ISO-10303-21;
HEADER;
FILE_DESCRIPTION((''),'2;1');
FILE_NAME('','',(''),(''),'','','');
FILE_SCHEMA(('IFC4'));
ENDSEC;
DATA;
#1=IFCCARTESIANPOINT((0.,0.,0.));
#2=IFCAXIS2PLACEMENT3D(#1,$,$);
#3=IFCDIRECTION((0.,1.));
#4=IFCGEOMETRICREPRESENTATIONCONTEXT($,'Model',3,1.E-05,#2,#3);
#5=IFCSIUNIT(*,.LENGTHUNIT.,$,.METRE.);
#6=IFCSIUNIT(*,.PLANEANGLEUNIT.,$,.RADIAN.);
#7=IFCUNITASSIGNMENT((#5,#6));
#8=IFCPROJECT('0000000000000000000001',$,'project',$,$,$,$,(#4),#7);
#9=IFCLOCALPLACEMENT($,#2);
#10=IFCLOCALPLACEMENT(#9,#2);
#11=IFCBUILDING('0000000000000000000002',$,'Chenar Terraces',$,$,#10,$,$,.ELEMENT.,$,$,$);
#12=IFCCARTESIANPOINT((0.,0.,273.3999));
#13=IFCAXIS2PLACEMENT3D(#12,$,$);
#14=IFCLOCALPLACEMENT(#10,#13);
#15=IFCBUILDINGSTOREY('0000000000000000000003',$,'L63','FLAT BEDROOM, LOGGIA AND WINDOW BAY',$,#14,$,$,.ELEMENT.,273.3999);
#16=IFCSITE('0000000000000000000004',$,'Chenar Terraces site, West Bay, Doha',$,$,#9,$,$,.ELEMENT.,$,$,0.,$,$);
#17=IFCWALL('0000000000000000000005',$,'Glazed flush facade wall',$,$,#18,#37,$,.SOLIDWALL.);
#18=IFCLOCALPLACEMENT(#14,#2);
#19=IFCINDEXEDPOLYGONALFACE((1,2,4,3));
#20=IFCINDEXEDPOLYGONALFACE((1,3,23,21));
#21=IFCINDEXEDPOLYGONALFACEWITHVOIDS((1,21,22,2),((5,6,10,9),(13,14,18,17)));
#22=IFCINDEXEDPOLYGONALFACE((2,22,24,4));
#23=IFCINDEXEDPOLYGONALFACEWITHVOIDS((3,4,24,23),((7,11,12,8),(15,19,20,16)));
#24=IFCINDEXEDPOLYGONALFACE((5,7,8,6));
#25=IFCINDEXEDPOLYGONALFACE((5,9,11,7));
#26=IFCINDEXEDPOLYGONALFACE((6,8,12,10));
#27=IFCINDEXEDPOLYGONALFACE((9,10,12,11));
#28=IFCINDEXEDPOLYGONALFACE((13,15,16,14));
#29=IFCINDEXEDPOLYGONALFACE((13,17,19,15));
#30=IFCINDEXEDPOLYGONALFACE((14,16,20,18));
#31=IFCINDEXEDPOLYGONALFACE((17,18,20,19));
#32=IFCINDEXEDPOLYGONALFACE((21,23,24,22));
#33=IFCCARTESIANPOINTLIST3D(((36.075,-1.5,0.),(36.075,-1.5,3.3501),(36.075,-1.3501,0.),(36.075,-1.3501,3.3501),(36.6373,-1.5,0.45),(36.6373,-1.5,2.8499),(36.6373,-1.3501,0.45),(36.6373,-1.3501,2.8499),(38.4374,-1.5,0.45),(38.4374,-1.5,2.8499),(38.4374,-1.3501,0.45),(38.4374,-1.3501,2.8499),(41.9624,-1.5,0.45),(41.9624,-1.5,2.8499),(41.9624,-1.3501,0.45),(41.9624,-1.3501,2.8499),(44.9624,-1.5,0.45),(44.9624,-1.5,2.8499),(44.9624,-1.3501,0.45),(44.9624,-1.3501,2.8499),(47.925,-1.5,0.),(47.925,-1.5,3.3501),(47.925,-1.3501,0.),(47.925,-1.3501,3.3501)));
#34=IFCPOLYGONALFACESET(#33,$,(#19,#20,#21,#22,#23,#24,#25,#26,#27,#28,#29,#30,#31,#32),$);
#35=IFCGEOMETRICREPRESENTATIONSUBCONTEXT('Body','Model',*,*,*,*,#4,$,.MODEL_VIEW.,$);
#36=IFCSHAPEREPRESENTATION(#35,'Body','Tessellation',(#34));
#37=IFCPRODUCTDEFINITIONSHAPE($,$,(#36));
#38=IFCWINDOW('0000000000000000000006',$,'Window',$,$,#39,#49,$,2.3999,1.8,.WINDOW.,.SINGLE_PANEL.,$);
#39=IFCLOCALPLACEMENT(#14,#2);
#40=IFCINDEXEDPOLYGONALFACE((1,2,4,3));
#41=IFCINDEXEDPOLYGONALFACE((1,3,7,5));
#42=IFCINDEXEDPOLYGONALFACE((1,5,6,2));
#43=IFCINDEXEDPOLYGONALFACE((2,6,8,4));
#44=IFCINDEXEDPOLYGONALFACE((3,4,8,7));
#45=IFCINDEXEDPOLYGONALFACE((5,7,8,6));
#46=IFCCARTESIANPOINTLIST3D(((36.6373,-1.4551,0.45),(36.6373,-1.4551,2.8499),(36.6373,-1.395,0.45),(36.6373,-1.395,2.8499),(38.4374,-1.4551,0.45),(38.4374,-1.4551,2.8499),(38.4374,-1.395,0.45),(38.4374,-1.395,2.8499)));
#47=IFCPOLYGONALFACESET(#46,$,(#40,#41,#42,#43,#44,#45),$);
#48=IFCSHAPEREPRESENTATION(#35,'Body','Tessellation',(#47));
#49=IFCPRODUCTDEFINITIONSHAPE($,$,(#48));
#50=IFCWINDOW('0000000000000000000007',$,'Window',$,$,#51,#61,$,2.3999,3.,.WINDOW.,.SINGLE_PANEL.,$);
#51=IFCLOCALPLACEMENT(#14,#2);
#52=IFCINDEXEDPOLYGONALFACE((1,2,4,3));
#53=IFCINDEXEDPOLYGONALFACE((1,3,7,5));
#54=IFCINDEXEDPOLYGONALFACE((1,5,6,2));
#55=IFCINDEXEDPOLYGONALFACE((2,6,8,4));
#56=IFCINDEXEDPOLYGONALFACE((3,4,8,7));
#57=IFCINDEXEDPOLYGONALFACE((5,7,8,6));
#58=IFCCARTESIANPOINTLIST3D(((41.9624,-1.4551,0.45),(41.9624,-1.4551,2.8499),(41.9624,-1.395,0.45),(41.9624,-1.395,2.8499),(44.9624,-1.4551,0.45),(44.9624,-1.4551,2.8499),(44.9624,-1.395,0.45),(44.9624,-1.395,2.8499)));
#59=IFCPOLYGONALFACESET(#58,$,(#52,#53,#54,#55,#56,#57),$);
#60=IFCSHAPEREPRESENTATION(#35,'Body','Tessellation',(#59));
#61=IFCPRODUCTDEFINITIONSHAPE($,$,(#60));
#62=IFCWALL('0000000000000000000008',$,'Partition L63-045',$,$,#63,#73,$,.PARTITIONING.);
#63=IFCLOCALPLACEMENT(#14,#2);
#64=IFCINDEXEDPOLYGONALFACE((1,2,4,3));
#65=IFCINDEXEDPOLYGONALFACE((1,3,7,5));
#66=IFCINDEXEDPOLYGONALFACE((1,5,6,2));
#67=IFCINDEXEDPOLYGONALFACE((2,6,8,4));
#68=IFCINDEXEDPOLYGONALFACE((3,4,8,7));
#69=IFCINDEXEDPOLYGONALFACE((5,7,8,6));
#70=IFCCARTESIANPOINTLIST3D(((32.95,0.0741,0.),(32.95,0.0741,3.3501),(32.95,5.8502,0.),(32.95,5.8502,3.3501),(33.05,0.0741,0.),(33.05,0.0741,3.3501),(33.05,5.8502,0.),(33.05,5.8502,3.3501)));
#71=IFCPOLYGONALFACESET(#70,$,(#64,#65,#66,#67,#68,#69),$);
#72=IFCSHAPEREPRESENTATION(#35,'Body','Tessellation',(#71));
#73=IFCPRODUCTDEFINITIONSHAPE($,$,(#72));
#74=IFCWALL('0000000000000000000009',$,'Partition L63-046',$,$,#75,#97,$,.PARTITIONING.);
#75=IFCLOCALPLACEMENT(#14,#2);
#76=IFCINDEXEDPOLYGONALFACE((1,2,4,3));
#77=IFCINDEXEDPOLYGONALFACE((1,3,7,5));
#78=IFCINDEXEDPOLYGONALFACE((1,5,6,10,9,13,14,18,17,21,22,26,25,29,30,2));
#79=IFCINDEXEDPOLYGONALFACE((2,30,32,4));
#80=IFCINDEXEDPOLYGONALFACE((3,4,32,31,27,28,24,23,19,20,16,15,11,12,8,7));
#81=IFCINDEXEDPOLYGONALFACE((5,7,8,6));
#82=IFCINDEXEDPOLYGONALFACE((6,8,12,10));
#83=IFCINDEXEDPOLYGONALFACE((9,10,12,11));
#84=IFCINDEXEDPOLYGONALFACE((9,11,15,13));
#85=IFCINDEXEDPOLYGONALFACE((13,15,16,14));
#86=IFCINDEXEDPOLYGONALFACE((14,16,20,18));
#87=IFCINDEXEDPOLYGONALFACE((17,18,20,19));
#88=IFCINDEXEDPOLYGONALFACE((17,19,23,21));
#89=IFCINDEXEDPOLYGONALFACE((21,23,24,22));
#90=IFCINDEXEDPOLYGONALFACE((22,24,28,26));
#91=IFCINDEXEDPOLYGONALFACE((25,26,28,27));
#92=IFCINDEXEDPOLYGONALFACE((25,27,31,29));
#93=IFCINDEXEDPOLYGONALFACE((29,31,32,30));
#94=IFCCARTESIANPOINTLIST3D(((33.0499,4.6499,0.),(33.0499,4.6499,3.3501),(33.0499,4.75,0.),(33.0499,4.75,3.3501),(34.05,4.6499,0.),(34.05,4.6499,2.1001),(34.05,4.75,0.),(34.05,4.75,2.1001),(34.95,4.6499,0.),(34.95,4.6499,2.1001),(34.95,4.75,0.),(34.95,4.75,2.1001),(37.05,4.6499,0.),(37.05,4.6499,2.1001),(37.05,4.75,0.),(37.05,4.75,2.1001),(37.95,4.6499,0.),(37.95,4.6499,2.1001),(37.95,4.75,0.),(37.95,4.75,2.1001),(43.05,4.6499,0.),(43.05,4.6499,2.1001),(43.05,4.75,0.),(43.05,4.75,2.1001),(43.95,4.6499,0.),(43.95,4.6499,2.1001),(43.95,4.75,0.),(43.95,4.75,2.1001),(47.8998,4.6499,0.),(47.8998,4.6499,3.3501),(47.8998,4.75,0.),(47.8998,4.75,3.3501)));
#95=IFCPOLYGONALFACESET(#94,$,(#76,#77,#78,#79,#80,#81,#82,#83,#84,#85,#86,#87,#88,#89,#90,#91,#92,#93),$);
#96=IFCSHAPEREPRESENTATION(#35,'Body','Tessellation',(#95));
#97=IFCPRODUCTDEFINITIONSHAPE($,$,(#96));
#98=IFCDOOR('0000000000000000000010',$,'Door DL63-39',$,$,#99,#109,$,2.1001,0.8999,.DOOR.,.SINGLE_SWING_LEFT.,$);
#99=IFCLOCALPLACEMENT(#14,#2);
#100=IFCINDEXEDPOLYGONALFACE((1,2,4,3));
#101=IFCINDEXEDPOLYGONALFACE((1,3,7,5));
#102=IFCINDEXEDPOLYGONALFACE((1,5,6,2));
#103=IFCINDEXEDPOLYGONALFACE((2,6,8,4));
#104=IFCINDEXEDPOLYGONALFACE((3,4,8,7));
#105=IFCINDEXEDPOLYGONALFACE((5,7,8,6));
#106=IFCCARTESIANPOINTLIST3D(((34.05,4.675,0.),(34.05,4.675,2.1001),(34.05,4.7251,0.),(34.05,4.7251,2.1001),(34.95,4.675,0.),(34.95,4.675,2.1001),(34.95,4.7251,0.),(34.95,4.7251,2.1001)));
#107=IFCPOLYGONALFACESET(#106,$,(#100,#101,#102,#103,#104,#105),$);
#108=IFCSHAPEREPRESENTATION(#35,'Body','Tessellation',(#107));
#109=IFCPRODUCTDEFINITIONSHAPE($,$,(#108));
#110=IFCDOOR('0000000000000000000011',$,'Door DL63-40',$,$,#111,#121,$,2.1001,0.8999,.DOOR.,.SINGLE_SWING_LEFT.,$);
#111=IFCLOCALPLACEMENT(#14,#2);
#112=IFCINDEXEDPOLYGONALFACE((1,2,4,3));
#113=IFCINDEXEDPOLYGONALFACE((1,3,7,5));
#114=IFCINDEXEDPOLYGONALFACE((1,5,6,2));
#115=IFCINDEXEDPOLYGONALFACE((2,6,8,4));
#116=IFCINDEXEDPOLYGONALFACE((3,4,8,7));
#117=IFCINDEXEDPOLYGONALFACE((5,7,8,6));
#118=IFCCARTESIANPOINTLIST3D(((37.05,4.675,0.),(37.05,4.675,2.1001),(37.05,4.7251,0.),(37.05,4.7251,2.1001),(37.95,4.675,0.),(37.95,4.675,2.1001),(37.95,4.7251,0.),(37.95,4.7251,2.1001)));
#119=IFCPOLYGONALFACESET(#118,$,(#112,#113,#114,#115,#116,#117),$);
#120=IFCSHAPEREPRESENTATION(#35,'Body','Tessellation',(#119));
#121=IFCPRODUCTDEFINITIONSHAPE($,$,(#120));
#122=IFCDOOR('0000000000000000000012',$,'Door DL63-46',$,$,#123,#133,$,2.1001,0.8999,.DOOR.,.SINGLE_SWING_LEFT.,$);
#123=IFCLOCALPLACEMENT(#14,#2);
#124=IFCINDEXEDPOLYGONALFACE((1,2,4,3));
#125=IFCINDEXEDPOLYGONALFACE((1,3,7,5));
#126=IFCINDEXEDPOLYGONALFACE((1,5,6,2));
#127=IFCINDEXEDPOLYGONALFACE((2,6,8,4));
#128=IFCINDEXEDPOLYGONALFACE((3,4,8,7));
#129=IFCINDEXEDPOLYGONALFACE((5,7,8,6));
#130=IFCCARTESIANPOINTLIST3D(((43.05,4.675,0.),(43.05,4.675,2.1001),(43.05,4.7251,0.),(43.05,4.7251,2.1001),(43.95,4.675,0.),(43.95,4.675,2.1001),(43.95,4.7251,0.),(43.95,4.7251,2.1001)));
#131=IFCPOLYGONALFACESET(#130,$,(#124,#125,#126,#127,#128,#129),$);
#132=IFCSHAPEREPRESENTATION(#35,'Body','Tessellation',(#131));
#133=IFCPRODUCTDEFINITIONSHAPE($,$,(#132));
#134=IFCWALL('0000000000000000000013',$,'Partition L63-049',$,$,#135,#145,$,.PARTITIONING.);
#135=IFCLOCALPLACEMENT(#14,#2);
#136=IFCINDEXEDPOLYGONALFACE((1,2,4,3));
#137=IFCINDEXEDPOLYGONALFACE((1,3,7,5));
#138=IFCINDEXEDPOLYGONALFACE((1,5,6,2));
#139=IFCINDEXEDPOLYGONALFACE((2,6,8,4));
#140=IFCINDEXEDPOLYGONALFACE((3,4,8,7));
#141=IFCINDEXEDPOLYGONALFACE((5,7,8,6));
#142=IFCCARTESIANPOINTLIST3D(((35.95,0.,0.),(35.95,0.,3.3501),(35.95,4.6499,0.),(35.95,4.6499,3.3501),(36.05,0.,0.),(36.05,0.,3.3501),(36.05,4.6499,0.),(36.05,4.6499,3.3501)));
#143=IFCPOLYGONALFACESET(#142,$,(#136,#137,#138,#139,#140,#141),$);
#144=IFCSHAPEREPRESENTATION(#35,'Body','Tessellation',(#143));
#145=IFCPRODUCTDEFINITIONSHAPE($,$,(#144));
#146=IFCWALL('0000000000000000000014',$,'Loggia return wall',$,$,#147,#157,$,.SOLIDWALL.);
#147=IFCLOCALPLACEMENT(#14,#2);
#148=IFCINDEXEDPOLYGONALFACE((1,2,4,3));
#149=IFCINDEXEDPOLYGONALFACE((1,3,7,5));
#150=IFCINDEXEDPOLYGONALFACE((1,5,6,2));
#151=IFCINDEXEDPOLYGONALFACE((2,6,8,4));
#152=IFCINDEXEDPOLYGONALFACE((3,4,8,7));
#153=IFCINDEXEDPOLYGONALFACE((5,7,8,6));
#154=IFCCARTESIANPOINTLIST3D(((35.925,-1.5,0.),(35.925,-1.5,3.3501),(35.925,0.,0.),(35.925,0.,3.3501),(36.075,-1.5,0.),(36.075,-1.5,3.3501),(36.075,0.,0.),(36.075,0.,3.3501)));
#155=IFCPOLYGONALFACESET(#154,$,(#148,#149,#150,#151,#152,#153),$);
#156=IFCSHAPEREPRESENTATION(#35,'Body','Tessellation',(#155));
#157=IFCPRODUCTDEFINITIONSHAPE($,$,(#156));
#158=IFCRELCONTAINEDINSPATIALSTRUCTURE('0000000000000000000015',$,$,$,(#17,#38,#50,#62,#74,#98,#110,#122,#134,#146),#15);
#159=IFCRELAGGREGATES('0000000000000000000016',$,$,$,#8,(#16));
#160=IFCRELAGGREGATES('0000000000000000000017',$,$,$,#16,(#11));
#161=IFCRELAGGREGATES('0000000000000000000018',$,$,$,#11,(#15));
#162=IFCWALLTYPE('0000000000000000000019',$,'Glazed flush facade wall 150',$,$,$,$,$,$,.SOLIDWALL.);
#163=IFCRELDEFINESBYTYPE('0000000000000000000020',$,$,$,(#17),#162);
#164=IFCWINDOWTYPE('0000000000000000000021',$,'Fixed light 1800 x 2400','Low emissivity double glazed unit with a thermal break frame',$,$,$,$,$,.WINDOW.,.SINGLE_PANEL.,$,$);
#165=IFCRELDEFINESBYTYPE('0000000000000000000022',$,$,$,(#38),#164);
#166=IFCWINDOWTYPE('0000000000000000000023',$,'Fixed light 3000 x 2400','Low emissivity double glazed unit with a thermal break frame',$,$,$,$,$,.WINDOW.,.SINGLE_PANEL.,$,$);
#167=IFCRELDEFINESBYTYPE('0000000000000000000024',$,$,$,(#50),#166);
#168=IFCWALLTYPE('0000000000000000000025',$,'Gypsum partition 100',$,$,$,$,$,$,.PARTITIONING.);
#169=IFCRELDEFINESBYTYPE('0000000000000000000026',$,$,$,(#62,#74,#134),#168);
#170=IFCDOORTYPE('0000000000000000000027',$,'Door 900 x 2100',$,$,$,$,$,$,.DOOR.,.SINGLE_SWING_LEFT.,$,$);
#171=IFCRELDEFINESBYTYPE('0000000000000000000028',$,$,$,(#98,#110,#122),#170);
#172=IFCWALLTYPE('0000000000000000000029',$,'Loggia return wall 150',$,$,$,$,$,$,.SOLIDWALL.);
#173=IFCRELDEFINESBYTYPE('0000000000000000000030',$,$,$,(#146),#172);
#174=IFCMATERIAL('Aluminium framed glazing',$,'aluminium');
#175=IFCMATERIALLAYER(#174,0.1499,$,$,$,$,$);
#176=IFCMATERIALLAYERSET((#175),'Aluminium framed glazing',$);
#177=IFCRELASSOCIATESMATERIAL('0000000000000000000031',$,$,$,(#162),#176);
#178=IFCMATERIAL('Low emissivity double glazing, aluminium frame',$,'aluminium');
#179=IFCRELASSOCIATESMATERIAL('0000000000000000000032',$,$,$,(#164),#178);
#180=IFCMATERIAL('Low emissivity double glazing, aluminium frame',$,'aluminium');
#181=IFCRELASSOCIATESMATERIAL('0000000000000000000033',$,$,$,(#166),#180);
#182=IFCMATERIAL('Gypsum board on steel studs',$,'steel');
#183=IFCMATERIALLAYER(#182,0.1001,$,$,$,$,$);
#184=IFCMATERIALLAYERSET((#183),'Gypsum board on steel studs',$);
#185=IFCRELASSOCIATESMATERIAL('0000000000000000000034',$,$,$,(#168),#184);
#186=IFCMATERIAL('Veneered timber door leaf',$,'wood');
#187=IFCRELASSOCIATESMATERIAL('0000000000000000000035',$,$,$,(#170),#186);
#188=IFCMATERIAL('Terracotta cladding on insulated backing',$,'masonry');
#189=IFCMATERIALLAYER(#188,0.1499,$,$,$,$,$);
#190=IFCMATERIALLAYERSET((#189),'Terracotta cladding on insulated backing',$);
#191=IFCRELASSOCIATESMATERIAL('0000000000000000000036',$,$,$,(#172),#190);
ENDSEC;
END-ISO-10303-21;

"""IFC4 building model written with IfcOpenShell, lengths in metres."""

from ifc_helpers import new_model, si_unit, direction, frame, frame_2d, origin, place, context, subcontext, project, spatial, rectangle, extrude, material, layer, layer_set, type_object, element, fill, save


model = new_model("IFC4")

# Units and contexts
model_context = context("Model", 3, precision=1e-05, world=origin(), true_north=direction((0.0, 1.0)))
body_context = subcontext(model_context, "Body", "Model", "MODEL_VIEW")
ifc_project = project(units=[si_unit("LENGTHUNIT", "METRE"), si_unit("PLANEANGLEUNIT", "RADIAN")], contexts=[model_context])

# Site, building, storey
site_placement = place(None, origin())
site = spatial("IfcSite", under=ifc_project, at=site_placement, Name="Chenar Terraces site, West Bay, Doha", CompositionType="ELEMENT", RefElevation=0.0)
building_placement = place(site_placement, origin())
building = spatial("IfcBuilding", under=site, at=building_placement, Name="Chenar Terraces", CompositionType="ELEMENT")
storey_placement = place(building_placement, frame((0.0, 0.0, 273.3999)))
storey = spatial("IfcBuildingStorey", under=building, at=storey_placement, Name="L63", Description="FLAT BEDROOM, LOGGIA AND WINDOW BAY", CompositionType="ELEMENT", Elevation=273.3999)

# Wall, openings, windows
ifc_material_1 = material(Name="Aluminium framed glazing", Category="aluminium")
ifc_layer_1 = layer(ifc_material_1, 0.1499)
ifc_layer_set_1 = layer_set([ifc_layer_1], Name="Aluminium framed glazing")
wall_type_1 = type_object("IfcWallType", Name="Glazed flush facade wall 150", PredefinedType="SOLIDWALL", material=ifc_layer_set_1)
wall_1_placement = place(storey_placement, frame((36.075, -1.425, 0.0), z_axis=(0.0, 0.0, 1.0), x_axis=(1.0, 0.0, 0.0)))
wall_1 = element("IfcWall", 1, at=wall_1_placement, inside=storey, type_object=wall_type_1, Name="Glazed flush facade wall", PredefinedType="SOLIDWALL", context=body_context, shape_type="SweptSolid", body=[
    extrude(rectangle(XDim=11.8501, YDim=0.1499, at=frame_2d((5.925, 0.0))), origin(), (0.0, 0.0, 1.0), 3.3501),
])
opening_1_placement = place(wall_1_placement, frame((0.5625, 0.0, 0.45)))
opening_1 = element("IfcOpeningElement", 2, at=opening_1_placement, cuts=wall_1, PredefinedType="OPENING", context=body_context, shape_type="SweptSolid", body=[
    extrude(rectangle(XDim=1.8, YDim=2.3999, at=frame_2d((0.8999, 1.2))), frame((0.0, 0.085, 0.0), z_axis=(0.0, -1.0, 0.0), x_axis=(1.0, 0.0, 0.0)), (0.0, 0.0, 1.0), 0.1699),
])
opening_2_placement = place(wall_1_placement, frame((5.8875, 0.0, 0.45)))
opening_2 = element("IfcOpeningElement", 3, at=opening_2_placement, cuts=wall_1, PredefinedType="OPENING", context=body_context, shape_type="SweptSolid", body=[
    extrude(rectangle(XDim=3.0, YDim=2.3999, at=frame_2d((1.5, 1.2))), frame((0.0, 0.085, 0.0), z_axis=(0.0, -1.0, 0.0), x_axis=(1.0, 0.0, 0.0)), (0.0, 0.0, 1.0), 0.1699),
])
ifc_material_2 = material(Name="Low emissivity double glazing, aluminium frame", Category="aluminium")
window_type_1 = type_object("IfcWindowType", Name="Fixed light 1800 x 2400", Description="Low emissivity double glazed unit with a thermal break frame", PartitioningType="SINGLE_PANEL", PredefinedType="WINDOW", material=ifc_material_2)
window_1_placement = place(opening_1_placement, origin())
window_1 = element("IfcWindow", 4, at=window_1_placement, inside=storey, type_object=window_type_1, Name="Window", OverallHeight=2.3999, OverallWidth=1.8, PartitioningType="SINGLE_PANEL", PredefinedType="WINDOW", context=body_context, shape_type="SweptSolid", body=[
    extrude(rectangle(XDim=1.8, YDim=2.3999, at=frame_2d((0.8999, 1.2))), frame((0.0, 0.03, 0.0), z_axis=(0.0, -1.0, 0.0), x_axis=(1.0, 0.0, 0.0)), (0.0, 0.0, 1.0), 0.0601),
])
fill(opening_1, window_1)
ifc_material_3 = material(Name="Low emissivity double glazing, aluminium frame", Category="aluminium")
window_type_2 = type_object("IfcWindowType", Name="Fixed light 3000 x 2400", Description="Low emissivity double glazed unit with a thermal break frame", PartitioningType="SINGLE_PANEL", PredefinedType="WINDOW", material=ifc_material_3)
window_2_placement = place(opening_2_placement, origin())
window_2 = element("IfcWindow", 5, at=window_2_placement, inside=storey, type_object=window_type_2, Name="Window", OverallHeight=2.3999, OverallWidth=3.0, PartitioningType="SINGLE_PANEL", PredefinedType="WINDOW", context=body_context, shape_type="SweptSolid", body=[
    extrude(rectangle(XDim=3.0, YDim=2.3999, at=frame_2d((1.5, 1.2))), frame((0.0, 0.03, 0.0), z_axis=(0.0, -1.0, 0.0), x_axis=(1.0, 0.0, 0.0)), (0.0, 0.0, 1.0), 0.0601),
])
fill(opening_2, window_2)

# Wall
ifc_material_4 = material(Name="Gypsum board on steel studs", Category="steel")
ifc_layer_2 = layer(ifc_material_4, 0.1001)
ifc_layer_set_2 = layer_set([ifc_layer_2], Name="Gypsum board on steel studs")
wall_type_2 = type_object("IfcWallType", Name="Gypsum partition 100", PredefinedType="PARTITIONING", material=ifc_layer_set_2)
wall_2_placement = place(storey_placement, frame((33.0, 0.074, 0.0), z_axis=(0.0, 0.0, 1.0), x_axis=(0.0, 1.0, 0.0)))
element("IfcWall", 6, at=wall_2_placement, inside=storey, type_object=wall_type_2, Name="Partition L63-045", PredefinedType="PARTITIONING", context=body_context, shape_type="SweptSolid", body=[
    extrude(rectangle(XDim=5.7761, YDim=0.1001, at=frame_2d((2.8882, 0.0))), origin(), (0.0, 0.0, 1.0), 3.3501),
])

# Wall, openings, doors
wall_3_placement = place(storey_placement, frame((33.05, 4.7, 0.0), z_axis=(0.0, 0.0, 1.0), x_axis=(1.0, 0.0, 0.0)))
wall_3 = element("IfcWall", 7, at=wall_3_placement, inside=storey, type_object=wall_type_2, Name="Partition L63-046", PredefinedType="PARTITIONING", context=body_context, shape_type="SweptSolid", body=[
    extrude(rectangle(XDim=14.8499, YDim=0.1001, at=frame_2d((7.4248, 0.0))), origin(), (0.0, 0.0, 1.0), 3.3501),
])
opening_3_placement = place(wall_3_placement, frame((1.0, 0.0, 0.0)))
opening_3 = element("IfcOpeningElement", 8, at=opening_3_placement, cuts=wall_3, PredefinedType="OPENING", context=body_context, shape_type="SweptSolid", body=[
    extrude(rectangle(XDim=0.8999, YDim=2.1001, at=frame_2d((0.45, 1.05))), frame((0.0, 0.0601, 0.0), z_axis=(0.0, -1.0, 0.0), x_axis=(1.0, 0.0, 0.0)), (0.0, 0.0, 1.0), 0.1201),
])
opening_4_placement = place(wall_3_placement, frame((4.0, 0.0, 0.0)))
opening_4 = element("IfcOpeningElement", 9, at=opening_4_placement, cuts=wall_3, PredefinedType="OPENING", context=body_context, shape_type="SweptSolid", body=[
    extrude(rectangle(XDim=0.8999, YDim=2.1001, at=frame_2d((0.45, 1.05))), frame((0.0, 0.0601, 0.0), z_axis=(0.0, -1.0, 0.0), x_axis=(1.0, 0.0, 0.0)), (0.0, 0.0, 1.0), 0.1201),
])
opening_5_placement = place(wall_3_placement, frame((10.0, 0.0, 0.0)))
opening_5 = element("IfcOpeningElement", 10, at=opening_5_placement, cuts=wall_3, PredefinedType="OPENING", context=body_context, shape_type="SweptSolid", body=[
    extrude(rectangle(XDim=0.8999, YDim=2.1001, at=frame_2d((0.45, 1.05))), frame((0.0, 0.0601, 0.0), z_axis=(0.0, -1.0, 0.0), x_axis=(1.0, 0.0, 0.0)), (0.0, 0.0, 1.0), 0.1201),
])
ifc_material_5 = material(Name="Veneered timber door leaf", Category="wood")
door_type_1 = type_object("IfcDoorType", Name="Door 900 x 2100", OperationType="SINGLE_SWING_LEFT", PredefinedType="DOOR", material=ifc_material_5)
door_1_placement = place(opening_3_placement, frame((0.8999, 0.0, 0.0), z_axis=(0.0, 0.0, 1.0), x_axis=(-1.0, 0.0, 0.0)))
door_1 = element("IfcDoor", 11, at=door_1_placement, inside=storey, type_object=door_type_1, Name="Door DL63-39", OperationType="SINGLE_SWING_LEFT", OverallHeight=2.1001, OverallWidth=0.8999, PredefinedType="DOOR", context=body_context, shape_type="SweptSolid", body=[
    extrude(rectangle(XDim=0.8999, YDim=2.1001, at=frame_2d((0.45, 1.05))), frame((0.0, 0.0249, 0.0), z_axis=(0.0, -1.0, 0.0), x_axis=(1.0, 0.0, 0.0)), (0.0, 0.0, 1.0), 0.05),
])
fill(opening_3, door_1)
door_2_placement = place(opening_4_placement, frame((0.8999, 0.0, 0.0), z_axis=(0.0, 0.0, 1.0), x_axis=(-1.0, 0.0, 0.0)))
door_2 = element("IfcDoor", 12, at=door_2_placement, inside=storey, type_object=door_type_1, Name="Door DL63-40", OperationType="SINGLE_SWING_LEFT", OverallHeight=2.1001, OverallWidth=0.8999, PredefinedType="DOOR", context=body_context, shape_type="SweptSolid", body=[
    extrude(rectangle(XDim=0.8999, YDim=2.1001, at=frame_2d((0.45, 1.05))), frame((0.0, 0.0249, 0.0), z_axis=(0.0, -1.0, 0.0), x_axis=(1.0, 0.0, 0.0)), (0.0, 0.0, 1.0), 0.05),
])
fill(opening_4, door_2)
door_3_placement = place(opening_5_placement, frame((0.8999, 0.0, 0.0), z_axis=(0.0, 0.0, 1.0), x_axis=(-1.0, 0.0, 0.0)))
door_3 = element("IfcDoor", 13, at=door_3_placement, inside=storey, type_object=door_type_1, Name="Door DL63-46", OperationType="SINGLE_SWING_LEFT", OverallHeight=2.1001, OverallWidth=0.8999, PredefinedType="DOOR", context=body_context, shape_type="SweptSolid", body=[
    extrude(rectangle(XDim=0.8999, YDim=2.1001, at=frame_2d((0.45, 1.05))), frame((0.0, 0.0249, 0.0), z_axis=(0.0, -1.0, 0.0), x_axis=(1.0, 0.0, 0.0)), (0.0, 0.0, 1.0), 0.05),
])
fill(opening_5, door_3)

# Walls
wall_4_placement = place(storey_placement, frame((36.0, 0.0, 0.0), z_axis=(0.0, 0.0, 1.0), x_axis=(0.0, 1.0, 0.0)))
element("IfcWall", 14, at=wall_4_placement, inside=storey, type_object=wall_type_2, Name="Partition L63-049", PredefinedType="PARTITIONING", context=body_context, shape_type="SweptSolid", body=[
    extrude(rectangle(XDim=4.6499, YDim=0.1001, at=frame_2d((2.325, 0.0))), origin(), (0.0, 0.0, 1.0), 3.3501),
])
ifc_material_6 = material(Name="Terracotta cladding on insulated backing", Category="masonry")
ifc_layer_3 = layer(ifc_material_6, 0.1499)
ifc_layer_set_3 = layer_set([ifc_layer_3], Name="Terracotta cladding on insulated backing")
wall_type_3 = type_object("IfcWallType", Name="Loggia return wall 150", PredefinedType="SOLIDWALL", material=ifc_layer_set_3)
wall_5_placement = place(storey_placement, frame((36.0, -1.5, 0.0), z_axis=(0.0, 0.0, 1.0), x_axis=(0.0, 1.0, 0.0)))
element("IfcWall", 15, at=wall_5_placement, inside=storey, type_object=wall_type_3, Name="Loggia return wall", PredefinedType="SOLIDWALL", context=body_context, shape_type="SweptSolid", body=[
    extrude(rectangle(XDim=1.5, YDim=0.1499, at=frame_2d((0.75, 0.0))), origin(), (0.0, 0.0, 1.0), 3.3501),
])

save(model, "model.ifc")
